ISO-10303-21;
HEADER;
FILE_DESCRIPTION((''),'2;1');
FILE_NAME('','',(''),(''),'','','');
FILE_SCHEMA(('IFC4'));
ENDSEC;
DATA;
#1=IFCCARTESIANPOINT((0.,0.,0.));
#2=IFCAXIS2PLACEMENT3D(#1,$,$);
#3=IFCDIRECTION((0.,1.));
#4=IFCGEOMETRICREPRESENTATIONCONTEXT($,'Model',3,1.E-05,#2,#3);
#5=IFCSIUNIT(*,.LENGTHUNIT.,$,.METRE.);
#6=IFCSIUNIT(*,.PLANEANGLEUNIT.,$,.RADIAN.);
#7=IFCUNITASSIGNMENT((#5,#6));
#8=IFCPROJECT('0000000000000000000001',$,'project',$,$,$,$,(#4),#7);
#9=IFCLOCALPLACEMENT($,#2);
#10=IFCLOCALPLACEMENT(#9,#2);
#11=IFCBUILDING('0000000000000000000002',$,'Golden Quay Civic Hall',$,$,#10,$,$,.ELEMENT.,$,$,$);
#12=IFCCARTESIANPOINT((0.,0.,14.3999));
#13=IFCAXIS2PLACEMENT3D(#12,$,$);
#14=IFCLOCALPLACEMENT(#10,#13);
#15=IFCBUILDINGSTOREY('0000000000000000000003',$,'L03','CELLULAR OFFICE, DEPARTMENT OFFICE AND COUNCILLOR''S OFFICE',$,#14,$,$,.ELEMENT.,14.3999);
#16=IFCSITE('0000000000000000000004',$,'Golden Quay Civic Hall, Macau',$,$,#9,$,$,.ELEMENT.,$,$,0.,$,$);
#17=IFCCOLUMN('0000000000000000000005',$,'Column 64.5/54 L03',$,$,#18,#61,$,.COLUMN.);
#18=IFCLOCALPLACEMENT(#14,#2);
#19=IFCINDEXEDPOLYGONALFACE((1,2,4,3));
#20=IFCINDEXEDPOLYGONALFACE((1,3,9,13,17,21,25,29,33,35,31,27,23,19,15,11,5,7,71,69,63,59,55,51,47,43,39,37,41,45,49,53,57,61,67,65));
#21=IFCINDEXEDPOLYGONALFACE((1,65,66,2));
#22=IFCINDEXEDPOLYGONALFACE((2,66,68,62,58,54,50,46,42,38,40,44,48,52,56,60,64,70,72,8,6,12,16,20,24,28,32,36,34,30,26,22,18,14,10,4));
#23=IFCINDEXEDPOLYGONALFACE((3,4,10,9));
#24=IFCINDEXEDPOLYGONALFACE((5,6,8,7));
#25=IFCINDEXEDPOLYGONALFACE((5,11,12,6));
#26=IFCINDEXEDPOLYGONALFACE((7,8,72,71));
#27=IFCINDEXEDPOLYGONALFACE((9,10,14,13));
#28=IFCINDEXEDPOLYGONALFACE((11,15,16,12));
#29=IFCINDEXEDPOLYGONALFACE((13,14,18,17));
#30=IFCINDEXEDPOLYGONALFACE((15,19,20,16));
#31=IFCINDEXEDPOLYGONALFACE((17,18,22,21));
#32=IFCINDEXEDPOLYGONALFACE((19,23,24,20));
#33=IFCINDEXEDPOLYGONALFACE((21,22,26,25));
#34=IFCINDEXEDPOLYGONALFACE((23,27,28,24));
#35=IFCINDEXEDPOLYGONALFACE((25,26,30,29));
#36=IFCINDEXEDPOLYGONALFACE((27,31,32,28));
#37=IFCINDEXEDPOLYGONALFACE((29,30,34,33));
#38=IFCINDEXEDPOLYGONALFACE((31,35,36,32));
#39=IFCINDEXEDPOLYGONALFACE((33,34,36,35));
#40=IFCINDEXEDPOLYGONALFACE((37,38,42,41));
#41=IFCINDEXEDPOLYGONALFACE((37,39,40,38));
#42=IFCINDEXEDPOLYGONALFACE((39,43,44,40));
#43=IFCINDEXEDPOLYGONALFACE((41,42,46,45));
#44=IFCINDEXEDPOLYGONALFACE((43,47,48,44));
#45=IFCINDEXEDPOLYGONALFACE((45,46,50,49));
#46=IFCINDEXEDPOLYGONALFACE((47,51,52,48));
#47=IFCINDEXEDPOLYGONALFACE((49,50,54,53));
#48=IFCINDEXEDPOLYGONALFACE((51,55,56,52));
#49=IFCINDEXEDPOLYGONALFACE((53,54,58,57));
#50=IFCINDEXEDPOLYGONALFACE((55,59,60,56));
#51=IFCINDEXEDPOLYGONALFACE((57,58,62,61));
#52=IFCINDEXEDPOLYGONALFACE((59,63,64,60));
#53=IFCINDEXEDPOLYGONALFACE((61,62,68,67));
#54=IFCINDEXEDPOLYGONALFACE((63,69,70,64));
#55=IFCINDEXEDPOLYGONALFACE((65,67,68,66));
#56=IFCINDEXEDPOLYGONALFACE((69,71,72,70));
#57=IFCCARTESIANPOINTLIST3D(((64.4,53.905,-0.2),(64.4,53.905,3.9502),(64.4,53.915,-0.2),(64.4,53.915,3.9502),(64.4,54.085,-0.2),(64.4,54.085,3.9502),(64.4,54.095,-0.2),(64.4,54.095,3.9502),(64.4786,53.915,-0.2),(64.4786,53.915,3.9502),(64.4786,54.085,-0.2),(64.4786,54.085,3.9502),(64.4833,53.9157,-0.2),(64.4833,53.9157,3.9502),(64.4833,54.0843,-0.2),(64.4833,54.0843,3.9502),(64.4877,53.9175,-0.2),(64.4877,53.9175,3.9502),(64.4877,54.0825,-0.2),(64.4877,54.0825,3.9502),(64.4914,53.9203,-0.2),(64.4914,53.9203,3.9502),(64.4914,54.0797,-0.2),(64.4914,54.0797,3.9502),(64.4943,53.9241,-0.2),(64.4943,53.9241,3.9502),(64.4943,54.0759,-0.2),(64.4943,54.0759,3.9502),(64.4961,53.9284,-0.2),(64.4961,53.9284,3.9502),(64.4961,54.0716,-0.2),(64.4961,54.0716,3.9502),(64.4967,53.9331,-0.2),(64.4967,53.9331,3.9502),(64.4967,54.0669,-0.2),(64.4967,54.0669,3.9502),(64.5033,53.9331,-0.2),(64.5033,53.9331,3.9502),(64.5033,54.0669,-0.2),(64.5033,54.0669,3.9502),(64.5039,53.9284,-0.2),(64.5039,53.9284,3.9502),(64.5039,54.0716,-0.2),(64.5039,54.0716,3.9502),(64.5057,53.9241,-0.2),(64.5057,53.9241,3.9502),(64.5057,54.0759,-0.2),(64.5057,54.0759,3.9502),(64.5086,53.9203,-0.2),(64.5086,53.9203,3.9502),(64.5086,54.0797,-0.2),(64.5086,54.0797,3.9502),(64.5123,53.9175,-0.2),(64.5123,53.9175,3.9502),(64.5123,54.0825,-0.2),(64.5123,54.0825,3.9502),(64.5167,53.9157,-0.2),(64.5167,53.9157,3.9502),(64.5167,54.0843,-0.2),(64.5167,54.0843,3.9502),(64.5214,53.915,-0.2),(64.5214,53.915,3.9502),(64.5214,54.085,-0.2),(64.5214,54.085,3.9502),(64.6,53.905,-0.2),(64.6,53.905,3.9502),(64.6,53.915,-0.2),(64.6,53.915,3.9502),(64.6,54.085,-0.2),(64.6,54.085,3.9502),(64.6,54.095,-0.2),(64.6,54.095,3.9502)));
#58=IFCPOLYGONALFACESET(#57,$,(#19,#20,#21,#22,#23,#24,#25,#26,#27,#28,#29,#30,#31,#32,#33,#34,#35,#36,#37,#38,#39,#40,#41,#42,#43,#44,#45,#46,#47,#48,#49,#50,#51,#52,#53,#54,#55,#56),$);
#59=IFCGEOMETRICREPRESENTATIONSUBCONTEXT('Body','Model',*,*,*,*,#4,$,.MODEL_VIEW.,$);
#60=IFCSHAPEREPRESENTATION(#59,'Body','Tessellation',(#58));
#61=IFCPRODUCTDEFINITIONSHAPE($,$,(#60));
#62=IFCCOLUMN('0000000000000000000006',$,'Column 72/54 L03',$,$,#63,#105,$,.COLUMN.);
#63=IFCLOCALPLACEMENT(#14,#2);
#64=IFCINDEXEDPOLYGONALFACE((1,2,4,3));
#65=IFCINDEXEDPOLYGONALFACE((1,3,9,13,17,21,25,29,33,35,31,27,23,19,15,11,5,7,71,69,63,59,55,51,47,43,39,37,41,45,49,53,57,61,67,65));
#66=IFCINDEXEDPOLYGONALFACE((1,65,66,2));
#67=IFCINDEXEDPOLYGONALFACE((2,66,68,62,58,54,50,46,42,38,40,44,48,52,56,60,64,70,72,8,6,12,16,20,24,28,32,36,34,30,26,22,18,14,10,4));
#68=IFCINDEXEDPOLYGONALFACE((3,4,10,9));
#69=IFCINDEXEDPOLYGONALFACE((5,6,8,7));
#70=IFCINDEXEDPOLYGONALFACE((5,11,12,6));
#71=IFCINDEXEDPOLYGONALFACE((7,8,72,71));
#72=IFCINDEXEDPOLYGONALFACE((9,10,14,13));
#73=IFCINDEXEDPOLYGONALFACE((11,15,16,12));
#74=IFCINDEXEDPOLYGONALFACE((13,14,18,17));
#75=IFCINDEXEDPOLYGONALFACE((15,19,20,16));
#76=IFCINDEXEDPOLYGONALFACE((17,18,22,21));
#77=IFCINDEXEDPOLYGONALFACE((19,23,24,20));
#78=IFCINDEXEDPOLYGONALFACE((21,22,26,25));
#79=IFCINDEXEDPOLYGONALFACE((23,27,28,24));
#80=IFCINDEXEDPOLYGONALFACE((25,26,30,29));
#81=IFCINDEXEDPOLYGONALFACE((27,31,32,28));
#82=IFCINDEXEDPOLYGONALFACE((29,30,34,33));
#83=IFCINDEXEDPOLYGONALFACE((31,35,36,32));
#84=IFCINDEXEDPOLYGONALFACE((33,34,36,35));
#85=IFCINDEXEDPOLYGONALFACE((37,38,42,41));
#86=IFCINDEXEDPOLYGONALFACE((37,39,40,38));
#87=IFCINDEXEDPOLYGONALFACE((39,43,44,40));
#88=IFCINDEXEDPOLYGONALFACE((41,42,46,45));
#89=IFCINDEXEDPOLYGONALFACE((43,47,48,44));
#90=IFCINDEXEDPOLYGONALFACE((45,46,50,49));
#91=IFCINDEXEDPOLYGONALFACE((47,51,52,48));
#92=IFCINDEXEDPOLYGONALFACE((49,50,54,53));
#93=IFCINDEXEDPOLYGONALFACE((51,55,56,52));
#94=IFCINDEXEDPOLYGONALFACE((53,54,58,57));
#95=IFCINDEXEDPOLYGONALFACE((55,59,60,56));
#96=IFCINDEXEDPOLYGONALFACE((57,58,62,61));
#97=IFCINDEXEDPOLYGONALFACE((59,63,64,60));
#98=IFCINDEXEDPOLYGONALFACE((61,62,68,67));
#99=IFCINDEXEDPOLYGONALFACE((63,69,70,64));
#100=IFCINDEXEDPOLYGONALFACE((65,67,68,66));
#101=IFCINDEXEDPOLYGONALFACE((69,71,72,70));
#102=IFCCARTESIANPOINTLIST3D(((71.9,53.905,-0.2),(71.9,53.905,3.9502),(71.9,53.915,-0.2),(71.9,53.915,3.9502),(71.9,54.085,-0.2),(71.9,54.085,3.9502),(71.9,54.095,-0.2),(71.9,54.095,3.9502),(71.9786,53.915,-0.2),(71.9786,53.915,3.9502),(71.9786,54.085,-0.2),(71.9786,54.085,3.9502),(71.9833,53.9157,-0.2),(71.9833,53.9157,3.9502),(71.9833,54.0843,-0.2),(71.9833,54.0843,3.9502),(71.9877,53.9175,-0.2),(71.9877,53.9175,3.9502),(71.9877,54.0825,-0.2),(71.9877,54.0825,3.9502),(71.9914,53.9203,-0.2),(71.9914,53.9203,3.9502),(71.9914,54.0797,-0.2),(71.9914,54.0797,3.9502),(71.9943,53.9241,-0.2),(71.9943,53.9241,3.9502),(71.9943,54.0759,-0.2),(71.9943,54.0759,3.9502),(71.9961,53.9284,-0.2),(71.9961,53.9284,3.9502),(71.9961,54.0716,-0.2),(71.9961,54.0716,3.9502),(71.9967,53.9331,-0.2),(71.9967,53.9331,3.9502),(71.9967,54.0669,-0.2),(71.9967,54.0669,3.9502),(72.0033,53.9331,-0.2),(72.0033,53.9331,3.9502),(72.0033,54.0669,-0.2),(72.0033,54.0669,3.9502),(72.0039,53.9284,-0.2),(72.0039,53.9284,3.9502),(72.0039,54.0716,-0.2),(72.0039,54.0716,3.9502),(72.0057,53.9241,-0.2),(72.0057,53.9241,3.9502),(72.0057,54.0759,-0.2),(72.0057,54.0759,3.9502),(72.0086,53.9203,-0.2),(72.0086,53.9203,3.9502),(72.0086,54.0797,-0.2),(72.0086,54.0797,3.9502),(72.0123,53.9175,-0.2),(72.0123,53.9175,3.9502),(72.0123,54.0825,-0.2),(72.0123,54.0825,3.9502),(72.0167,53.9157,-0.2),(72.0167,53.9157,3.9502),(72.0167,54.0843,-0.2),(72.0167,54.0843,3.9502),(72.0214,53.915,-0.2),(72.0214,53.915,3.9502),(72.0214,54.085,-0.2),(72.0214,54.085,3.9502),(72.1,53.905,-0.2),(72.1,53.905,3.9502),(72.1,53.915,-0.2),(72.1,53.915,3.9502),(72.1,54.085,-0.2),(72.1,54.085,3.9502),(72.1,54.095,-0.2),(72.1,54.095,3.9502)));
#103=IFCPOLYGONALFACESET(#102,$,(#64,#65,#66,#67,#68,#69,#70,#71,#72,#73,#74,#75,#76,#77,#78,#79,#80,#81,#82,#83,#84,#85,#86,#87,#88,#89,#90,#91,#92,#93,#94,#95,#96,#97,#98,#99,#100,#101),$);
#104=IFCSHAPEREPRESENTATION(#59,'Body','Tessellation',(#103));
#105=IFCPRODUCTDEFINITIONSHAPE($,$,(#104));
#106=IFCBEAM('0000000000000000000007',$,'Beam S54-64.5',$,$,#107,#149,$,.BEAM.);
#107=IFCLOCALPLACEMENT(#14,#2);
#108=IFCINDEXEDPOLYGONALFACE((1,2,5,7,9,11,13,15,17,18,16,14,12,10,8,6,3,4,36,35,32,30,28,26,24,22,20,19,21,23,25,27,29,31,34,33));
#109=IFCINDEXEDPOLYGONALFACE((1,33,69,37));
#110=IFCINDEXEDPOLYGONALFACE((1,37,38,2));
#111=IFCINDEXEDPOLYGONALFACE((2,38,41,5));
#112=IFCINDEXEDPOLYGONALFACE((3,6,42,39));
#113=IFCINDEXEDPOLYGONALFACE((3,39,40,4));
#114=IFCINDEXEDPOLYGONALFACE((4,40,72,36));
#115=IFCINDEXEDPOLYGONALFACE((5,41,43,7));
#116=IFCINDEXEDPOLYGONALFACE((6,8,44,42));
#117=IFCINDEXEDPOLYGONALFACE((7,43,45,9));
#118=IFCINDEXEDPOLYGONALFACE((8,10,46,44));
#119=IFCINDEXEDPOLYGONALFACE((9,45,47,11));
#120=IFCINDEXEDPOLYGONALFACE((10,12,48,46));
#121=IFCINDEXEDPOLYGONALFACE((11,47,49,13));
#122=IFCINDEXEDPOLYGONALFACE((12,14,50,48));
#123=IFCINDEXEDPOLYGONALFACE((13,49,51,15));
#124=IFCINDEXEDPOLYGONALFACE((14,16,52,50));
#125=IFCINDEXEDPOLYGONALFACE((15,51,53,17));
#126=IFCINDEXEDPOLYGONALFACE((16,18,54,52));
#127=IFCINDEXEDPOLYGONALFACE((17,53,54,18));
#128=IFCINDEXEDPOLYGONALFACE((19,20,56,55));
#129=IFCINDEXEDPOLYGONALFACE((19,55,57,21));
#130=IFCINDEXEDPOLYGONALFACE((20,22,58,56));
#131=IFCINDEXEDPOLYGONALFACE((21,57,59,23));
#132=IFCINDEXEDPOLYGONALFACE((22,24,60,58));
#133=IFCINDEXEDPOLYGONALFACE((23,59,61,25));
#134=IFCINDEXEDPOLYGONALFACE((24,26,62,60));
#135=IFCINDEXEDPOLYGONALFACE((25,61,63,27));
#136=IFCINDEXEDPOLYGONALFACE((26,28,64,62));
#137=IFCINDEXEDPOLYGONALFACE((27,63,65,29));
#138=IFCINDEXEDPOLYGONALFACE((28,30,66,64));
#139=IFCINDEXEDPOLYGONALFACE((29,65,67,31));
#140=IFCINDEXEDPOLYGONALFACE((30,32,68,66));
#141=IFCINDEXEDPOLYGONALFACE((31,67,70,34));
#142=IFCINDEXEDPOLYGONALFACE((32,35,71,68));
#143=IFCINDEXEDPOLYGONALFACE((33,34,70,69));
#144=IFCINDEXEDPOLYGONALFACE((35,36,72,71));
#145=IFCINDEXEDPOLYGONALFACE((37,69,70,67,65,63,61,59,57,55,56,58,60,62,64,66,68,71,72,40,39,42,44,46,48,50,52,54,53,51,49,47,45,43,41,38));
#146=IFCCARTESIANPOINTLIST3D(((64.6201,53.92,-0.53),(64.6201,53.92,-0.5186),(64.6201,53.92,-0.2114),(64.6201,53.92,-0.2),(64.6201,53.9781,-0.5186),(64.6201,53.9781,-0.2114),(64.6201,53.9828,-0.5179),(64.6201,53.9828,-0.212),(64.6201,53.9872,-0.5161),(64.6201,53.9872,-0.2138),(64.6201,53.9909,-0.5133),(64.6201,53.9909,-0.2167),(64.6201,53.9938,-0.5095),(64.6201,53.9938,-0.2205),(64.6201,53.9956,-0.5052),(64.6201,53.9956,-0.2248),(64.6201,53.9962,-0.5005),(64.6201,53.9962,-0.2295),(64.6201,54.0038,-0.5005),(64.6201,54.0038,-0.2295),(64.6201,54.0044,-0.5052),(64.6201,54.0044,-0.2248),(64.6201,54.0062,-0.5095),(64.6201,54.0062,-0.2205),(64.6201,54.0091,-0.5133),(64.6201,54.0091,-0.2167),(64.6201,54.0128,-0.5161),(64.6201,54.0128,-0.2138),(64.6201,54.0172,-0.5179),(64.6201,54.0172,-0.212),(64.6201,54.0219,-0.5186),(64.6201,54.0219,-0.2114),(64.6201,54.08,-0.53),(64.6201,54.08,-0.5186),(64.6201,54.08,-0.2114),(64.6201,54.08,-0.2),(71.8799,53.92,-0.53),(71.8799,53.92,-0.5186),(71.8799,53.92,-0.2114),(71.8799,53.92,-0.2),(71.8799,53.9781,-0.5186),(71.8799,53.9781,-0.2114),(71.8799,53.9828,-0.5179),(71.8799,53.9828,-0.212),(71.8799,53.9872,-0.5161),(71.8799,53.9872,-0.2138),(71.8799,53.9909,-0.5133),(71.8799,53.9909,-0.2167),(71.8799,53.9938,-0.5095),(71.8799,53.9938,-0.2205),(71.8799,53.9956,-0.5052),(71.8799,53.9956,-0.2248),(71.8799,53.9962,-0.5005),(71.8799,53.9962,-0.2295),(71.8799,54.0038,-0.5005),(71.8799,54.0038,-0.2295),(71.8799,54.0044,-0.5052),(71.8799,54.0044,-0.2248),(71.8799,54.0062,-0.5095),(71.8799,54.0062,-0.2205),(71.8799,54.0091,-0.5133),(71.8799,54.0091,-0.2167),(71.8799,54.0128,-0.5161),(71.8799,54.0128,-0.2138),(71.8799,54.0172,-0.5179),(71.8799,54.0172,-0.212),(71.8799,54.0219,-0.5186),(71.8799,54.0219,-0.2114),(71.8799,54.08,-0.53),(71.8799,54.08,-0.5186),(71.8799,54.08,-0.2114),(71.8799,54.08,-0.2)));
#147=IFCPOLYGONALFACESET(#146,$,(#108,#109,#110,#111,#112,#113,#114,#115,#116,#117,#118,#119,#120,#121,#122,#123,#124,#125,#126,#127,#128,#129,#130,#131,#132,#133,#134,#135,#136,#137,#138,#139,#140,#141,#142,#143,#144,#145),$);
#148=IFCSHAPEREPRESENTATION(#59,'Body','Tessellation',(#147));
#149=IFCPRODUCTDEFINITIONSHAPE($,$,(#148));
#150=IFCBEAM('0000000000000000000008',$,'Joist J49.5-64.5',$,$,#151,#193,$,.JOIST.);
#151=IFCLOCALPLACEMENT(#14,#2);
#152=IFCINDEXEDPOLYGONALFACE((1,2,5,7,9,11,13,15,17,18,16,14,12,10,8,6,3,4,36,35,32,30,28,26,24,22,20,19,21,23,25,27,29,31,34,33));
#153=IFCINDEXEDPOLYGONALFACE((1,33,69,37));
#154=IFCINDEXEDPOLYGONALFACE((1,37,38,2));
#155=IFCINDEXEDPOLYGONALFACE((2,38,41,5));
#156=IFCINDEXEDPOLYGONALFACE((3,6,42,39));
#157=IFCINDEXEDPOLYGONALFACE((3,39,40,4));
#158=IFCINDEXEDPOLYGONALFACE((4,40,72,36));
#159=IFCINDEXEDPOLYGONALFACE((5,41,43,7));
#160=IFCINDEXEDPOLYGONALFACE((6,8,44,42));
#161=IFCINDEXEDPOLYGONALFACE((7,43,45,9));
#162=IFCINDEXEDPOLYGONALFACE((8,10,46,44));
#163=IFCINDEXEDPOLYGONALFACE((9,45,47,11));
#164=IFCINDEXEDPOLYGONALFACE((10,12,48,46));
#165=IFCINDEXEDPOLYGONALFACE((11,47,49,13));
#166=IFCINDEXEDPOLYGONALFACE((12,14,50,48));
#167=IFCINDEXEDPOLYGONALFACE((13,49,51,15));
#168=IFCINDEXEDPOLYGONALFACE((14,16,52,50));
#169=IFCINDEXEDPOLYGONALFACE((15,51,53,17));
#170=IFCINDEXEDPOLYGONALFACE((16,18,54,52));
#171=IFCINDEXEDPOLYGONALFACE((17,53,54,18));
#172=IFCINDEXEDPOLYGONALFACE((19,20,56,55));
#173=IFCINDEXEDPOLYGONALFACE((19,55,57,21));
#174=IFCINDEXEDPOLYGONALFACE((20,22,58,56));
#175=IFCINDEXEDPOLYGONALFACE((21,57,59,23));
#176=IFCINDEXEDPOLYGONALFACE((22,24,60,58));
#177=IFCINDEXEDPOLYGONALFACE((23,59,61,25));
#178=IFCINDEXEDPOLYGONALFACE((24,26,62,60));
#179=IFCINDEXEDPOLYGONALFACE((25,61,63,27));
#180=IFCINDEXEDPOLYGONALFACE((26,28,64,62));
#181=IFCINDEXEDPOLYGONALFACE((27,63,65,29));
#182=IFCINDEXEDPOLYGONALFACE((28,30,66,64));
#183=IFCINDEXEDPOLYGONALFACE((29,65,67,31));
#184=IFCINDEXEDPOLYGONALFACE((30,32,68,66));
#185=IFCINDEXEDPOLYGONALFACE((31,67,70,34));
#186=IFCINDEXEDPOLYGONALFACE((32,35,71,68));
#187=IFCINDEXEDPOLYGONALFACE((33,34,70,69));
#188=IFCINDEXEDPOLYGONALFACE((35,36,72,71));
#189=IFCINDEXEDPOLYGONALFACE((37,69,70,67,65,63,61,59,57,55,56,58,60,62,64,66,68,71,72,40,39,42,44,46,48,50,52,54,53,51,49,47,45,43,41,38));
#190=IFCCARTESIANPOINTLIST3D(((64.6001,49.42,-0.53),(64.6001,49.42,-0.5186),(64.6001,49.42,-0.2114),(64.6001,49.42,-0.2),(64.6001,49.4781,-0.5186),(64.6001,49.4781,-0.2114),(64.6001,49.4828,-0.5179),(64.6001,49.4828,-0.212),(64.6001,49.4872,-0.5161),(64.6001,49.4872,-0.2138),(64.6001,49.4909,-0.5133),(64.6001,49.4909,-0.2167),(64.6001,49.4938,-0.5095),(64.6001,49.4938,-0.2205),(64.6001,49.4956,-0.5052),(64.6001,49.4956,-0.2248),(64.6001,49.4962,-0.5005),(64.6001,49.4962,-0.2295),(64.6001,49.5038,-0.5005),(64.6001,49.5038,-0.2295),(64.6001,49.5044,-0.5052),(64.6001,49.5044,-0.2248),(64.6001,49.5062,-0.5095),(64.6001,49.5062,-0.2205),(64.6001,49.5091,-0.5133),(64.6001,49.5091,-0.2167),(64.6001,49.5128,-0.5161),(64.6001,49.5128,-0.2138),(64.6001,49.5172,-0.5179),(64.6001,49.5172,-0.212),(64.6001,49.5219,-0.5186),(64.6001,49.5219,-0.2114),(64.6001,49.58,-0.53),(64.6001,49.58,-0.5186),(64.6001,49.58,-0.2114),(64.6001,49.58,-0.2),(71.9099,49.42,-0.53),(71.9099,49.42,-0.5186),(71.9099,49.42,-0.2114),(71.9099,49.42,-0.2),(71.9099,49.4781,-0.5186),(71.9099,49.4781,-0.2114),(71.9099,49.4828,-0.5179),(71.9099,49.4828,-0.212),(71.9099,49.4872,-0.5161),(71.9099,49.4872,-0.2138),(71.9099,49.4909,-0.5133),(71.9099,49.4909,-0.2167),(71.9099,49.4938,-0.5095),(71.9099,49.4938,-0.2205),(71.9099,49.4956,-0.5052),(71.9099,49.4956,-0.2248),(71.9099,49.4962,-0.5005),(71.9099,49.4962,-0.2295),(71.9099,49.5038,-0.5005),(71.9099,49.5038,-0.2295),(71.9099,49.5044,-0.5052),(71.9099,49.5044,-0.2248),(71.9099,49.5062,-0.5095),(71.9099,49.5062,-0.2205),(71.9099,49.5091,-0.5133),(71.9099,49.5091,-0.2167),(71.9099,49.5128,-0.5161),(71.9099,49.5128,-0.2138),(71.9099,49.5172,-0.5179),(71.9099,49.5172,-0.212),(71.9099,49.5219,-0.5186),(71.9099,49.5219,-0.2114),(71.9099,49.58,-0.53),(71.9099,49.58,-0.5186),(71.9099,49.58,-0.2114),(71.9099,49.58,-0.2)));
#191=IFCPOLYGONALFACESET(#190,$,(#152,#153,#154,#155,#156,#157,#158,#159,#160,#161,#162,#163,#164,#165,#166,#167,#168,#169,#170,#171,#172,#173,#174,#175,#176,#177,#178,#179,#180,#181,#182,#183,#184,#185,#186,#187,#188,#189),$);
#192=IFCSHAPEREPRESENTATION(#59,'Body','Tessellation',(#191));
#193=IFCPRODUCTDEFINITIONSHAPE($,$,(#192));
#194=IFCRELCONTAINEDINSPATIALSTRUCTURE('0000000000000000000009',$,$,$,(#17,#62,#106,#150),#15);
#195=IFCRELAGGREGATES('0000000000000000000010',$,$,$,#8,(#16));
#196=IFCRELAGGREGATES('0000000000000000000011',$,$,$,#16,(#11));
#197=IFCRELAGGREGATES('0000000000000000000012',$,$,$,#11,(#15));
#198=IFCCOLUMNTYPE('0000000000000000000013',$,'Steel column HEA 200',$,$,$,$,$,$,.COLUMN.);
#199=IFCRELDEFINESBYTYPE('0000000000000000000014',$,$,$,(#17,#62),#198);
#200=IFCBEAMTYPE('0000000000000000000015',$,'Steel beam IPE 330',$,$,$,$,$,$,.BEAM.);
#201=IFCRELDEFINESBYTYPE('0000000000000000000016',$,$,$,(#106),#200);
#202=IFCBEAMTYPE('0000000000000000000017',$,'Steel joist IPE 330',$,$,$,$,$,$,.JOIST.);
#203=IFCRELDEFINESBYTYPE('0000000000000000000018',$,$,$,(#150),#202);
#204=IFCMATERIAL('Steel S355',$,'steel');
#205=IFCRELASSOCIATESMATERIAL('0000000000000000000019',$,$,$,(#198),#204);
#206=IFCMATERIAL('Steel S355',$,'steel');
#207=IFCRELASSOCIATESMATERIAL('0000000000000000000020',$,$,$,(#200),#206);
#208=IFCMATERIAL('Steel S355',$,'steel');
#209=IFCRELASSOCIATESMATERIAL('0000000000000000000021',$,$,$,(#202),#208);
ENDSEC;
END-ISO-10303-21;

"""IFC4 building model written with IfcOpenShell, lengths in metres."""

from ifc_helpers import new_model, si_unit, direction, frame, origin, origin_2d, place, context, subcontext, project, spatial, i_section, extrude, material, material_profile, profile_set, type_object, element, save


model = new_model("IFC4")

# Units and contexts
model_context = context("Model", 3, precision=1e-05, world=origin(), true_north=direction((0.0, 1.0)))
body_context = subcontext(model_context, "Body", "Model", "MODEL_VIEW")
ifc_project = project(units=[si_unit("LENGTHUNIT", "METRE"), si_unit("PLANEANGLEUNIT", "RADIAN")], contexts=[model_context])

# Site, building, storey
site_placement = place(None, origin())
site = spatial("IfcSite", under=ifc_project, at=site_placement, Name="Golden Quay Civic Hall, Macau", CompositionType="ELEMENT", RefElevation=0.0)
building_placement = place(site_placement, origin())
building = spatial("IfcBuilding", under=site, at=building_placement, Name="Golden Quay Civic Hall", CompositionType="ELEMENT")
storey_placement = place(building_placement, frame((0.0, 0.0, 14.3999)))
storey = spatial("IfcBuildingStorey", under=building, at=storey_placement, Name="L03", Description="CELLULAR OFFICE, DEPARTMENT OFFICE AND COUNCILLOR'S OFFICE", CompositionType="ELEMENT", Elevation=14.3999)

# Columns
ifc_material_1 = material(Name="Steel S355", Category="steel")
ifc_material_profile_1 = material_profile(ifc_material_1, i_section(OverallWidth=0.2, OverallDepth=0.1899, WebThickness=0.0066, FlangeThickness=0.01, FilletRadius=0.0181, at=origin_2d()), Name="HEA 200")
ifc_profile_set_1 = profile_set([ifc_material_profile_1], Name="Steel S355")
column_type = type_object("IfcColumnType", Name="Steel column HEA 200", PredefinedType="COLUMN", material=ifc_profile_set_1)
for number, where, z_axis, x_axis, name in (
    (1, (64.5, 54.0, -0.2), (0.0, 0.0, 1.0), (1.0, 0.0, 0.0), "Column 64.5/54 L03"),
    (2, (72.0, 54.0, -0.2), (0.0, 0.0, 1.0), (1.0, 0.0, 0.0), "Column 72/54 L03"),
):
    element("IfcColumn", number, at=place(storey_placement, frame(where, z_axis=z_axis, x_axis=x_axis)), inside=storey, type_object=column_type, Name=name, PredefinedType="COLUMN", context=body_context, shape_type="SweptSolid", body=[
        extrude(i_section(OverallWidth=0.2, OverallDepth=0.1899, WebThickness=0.0066, FlangeThickness=0.01, FilletRadius=0.0181, at=origin_2d()), origin(), (0.0, 0.0, 1.0), 4.1501),
    ])

# Beams
ifc_material_2 = material(Name="Steel S355", Category="steel")
ifc_material_profile_2 = material_profile(ifc_material_2, i_section(OverallWidth=0.1599, OverallDepth=0.3301, WebThickness=0.0076, FlangeThickness=0.0115, FilletRadius=0.0181, at=origin_2d()), Name="IPE 330")
ifc_profile_set_2 = profile_set([ifc_material_profile_2], Name="Steel S355")
beam_type_1 = type_object("IfcBeamType", Name="Steel beam IPE 330", PredefinedType="BEAM", material=ifc_profile_set_2)
beam_placement = place(storey_placement, frame((64.6201, 54.0, -0.365), z_axis=(1.0, 0.0, 0.0), x_axis=(0.0, 1.0, 0.0)))
element("IfcBeam", 3, at=beam_placement, inside=storey, type_object=beam_type_1, Name="Beam S54-64.5", PredefinedType="BEAM", context=body_context, shape_type="SweptSolid", body=[
    extrude(i_section(OverallWidth=0.1599, OverallDepth=0.3301, WebThickness=0.0076, FlangeThickness=0.0115, FilletRadius=0.0181, at=origin_2d()), origin(), (0.0, 0.0, 1.0), 7.2598),
])
ifc_material_3 = material(Name="Steel S355", Category="steel")
ifc_material_profile_3 = material_profile(ifc_material_3, i_section(OverallWidth=0.1599, OverallDepth=0.3301, WebThickness=0.0076, FlangeThickness=0.0115, FilletRadius=0.0181, at=origin_2d()), Name="IPE 330")
ifc_profile_set_3 = profile_set([ifc_material_profile_3], Name="Steel S355")
beam_type_2 = type_object("IfcBeamType", Name="Steel joist IPE 330", PredefinedType="JOIST", material=ifc_profile_set_3)
for number, where, z_axis, x_axis, name in (
    (4, (64.6001, 49.5, -0.365), (1.0, 0.0, 0.0), (0.0, 1.0, 0.0), "Joist J49.5-64.5"),
):
    element("IfcBeam", number, at=place(storey_placement, frame(where, z_axis=z_axis, x_axis=x_axis)), inside=storey, type_object=beam_type_2, Name=name, PredefinedType="JOIST", context=body_context, shape_type="SweptSolid", body=[
        extrude(i_section(OverallWidth=0.1599, OverallDepth=0.3301, WebThickness=0.0076, FlangeThickness=0.0115, FilletRadius=0.0181, at=origin_2d()), origin(), (0.0, 0.0, 1.0), 7.3098),
    ])

save(model, "model.ifc")
